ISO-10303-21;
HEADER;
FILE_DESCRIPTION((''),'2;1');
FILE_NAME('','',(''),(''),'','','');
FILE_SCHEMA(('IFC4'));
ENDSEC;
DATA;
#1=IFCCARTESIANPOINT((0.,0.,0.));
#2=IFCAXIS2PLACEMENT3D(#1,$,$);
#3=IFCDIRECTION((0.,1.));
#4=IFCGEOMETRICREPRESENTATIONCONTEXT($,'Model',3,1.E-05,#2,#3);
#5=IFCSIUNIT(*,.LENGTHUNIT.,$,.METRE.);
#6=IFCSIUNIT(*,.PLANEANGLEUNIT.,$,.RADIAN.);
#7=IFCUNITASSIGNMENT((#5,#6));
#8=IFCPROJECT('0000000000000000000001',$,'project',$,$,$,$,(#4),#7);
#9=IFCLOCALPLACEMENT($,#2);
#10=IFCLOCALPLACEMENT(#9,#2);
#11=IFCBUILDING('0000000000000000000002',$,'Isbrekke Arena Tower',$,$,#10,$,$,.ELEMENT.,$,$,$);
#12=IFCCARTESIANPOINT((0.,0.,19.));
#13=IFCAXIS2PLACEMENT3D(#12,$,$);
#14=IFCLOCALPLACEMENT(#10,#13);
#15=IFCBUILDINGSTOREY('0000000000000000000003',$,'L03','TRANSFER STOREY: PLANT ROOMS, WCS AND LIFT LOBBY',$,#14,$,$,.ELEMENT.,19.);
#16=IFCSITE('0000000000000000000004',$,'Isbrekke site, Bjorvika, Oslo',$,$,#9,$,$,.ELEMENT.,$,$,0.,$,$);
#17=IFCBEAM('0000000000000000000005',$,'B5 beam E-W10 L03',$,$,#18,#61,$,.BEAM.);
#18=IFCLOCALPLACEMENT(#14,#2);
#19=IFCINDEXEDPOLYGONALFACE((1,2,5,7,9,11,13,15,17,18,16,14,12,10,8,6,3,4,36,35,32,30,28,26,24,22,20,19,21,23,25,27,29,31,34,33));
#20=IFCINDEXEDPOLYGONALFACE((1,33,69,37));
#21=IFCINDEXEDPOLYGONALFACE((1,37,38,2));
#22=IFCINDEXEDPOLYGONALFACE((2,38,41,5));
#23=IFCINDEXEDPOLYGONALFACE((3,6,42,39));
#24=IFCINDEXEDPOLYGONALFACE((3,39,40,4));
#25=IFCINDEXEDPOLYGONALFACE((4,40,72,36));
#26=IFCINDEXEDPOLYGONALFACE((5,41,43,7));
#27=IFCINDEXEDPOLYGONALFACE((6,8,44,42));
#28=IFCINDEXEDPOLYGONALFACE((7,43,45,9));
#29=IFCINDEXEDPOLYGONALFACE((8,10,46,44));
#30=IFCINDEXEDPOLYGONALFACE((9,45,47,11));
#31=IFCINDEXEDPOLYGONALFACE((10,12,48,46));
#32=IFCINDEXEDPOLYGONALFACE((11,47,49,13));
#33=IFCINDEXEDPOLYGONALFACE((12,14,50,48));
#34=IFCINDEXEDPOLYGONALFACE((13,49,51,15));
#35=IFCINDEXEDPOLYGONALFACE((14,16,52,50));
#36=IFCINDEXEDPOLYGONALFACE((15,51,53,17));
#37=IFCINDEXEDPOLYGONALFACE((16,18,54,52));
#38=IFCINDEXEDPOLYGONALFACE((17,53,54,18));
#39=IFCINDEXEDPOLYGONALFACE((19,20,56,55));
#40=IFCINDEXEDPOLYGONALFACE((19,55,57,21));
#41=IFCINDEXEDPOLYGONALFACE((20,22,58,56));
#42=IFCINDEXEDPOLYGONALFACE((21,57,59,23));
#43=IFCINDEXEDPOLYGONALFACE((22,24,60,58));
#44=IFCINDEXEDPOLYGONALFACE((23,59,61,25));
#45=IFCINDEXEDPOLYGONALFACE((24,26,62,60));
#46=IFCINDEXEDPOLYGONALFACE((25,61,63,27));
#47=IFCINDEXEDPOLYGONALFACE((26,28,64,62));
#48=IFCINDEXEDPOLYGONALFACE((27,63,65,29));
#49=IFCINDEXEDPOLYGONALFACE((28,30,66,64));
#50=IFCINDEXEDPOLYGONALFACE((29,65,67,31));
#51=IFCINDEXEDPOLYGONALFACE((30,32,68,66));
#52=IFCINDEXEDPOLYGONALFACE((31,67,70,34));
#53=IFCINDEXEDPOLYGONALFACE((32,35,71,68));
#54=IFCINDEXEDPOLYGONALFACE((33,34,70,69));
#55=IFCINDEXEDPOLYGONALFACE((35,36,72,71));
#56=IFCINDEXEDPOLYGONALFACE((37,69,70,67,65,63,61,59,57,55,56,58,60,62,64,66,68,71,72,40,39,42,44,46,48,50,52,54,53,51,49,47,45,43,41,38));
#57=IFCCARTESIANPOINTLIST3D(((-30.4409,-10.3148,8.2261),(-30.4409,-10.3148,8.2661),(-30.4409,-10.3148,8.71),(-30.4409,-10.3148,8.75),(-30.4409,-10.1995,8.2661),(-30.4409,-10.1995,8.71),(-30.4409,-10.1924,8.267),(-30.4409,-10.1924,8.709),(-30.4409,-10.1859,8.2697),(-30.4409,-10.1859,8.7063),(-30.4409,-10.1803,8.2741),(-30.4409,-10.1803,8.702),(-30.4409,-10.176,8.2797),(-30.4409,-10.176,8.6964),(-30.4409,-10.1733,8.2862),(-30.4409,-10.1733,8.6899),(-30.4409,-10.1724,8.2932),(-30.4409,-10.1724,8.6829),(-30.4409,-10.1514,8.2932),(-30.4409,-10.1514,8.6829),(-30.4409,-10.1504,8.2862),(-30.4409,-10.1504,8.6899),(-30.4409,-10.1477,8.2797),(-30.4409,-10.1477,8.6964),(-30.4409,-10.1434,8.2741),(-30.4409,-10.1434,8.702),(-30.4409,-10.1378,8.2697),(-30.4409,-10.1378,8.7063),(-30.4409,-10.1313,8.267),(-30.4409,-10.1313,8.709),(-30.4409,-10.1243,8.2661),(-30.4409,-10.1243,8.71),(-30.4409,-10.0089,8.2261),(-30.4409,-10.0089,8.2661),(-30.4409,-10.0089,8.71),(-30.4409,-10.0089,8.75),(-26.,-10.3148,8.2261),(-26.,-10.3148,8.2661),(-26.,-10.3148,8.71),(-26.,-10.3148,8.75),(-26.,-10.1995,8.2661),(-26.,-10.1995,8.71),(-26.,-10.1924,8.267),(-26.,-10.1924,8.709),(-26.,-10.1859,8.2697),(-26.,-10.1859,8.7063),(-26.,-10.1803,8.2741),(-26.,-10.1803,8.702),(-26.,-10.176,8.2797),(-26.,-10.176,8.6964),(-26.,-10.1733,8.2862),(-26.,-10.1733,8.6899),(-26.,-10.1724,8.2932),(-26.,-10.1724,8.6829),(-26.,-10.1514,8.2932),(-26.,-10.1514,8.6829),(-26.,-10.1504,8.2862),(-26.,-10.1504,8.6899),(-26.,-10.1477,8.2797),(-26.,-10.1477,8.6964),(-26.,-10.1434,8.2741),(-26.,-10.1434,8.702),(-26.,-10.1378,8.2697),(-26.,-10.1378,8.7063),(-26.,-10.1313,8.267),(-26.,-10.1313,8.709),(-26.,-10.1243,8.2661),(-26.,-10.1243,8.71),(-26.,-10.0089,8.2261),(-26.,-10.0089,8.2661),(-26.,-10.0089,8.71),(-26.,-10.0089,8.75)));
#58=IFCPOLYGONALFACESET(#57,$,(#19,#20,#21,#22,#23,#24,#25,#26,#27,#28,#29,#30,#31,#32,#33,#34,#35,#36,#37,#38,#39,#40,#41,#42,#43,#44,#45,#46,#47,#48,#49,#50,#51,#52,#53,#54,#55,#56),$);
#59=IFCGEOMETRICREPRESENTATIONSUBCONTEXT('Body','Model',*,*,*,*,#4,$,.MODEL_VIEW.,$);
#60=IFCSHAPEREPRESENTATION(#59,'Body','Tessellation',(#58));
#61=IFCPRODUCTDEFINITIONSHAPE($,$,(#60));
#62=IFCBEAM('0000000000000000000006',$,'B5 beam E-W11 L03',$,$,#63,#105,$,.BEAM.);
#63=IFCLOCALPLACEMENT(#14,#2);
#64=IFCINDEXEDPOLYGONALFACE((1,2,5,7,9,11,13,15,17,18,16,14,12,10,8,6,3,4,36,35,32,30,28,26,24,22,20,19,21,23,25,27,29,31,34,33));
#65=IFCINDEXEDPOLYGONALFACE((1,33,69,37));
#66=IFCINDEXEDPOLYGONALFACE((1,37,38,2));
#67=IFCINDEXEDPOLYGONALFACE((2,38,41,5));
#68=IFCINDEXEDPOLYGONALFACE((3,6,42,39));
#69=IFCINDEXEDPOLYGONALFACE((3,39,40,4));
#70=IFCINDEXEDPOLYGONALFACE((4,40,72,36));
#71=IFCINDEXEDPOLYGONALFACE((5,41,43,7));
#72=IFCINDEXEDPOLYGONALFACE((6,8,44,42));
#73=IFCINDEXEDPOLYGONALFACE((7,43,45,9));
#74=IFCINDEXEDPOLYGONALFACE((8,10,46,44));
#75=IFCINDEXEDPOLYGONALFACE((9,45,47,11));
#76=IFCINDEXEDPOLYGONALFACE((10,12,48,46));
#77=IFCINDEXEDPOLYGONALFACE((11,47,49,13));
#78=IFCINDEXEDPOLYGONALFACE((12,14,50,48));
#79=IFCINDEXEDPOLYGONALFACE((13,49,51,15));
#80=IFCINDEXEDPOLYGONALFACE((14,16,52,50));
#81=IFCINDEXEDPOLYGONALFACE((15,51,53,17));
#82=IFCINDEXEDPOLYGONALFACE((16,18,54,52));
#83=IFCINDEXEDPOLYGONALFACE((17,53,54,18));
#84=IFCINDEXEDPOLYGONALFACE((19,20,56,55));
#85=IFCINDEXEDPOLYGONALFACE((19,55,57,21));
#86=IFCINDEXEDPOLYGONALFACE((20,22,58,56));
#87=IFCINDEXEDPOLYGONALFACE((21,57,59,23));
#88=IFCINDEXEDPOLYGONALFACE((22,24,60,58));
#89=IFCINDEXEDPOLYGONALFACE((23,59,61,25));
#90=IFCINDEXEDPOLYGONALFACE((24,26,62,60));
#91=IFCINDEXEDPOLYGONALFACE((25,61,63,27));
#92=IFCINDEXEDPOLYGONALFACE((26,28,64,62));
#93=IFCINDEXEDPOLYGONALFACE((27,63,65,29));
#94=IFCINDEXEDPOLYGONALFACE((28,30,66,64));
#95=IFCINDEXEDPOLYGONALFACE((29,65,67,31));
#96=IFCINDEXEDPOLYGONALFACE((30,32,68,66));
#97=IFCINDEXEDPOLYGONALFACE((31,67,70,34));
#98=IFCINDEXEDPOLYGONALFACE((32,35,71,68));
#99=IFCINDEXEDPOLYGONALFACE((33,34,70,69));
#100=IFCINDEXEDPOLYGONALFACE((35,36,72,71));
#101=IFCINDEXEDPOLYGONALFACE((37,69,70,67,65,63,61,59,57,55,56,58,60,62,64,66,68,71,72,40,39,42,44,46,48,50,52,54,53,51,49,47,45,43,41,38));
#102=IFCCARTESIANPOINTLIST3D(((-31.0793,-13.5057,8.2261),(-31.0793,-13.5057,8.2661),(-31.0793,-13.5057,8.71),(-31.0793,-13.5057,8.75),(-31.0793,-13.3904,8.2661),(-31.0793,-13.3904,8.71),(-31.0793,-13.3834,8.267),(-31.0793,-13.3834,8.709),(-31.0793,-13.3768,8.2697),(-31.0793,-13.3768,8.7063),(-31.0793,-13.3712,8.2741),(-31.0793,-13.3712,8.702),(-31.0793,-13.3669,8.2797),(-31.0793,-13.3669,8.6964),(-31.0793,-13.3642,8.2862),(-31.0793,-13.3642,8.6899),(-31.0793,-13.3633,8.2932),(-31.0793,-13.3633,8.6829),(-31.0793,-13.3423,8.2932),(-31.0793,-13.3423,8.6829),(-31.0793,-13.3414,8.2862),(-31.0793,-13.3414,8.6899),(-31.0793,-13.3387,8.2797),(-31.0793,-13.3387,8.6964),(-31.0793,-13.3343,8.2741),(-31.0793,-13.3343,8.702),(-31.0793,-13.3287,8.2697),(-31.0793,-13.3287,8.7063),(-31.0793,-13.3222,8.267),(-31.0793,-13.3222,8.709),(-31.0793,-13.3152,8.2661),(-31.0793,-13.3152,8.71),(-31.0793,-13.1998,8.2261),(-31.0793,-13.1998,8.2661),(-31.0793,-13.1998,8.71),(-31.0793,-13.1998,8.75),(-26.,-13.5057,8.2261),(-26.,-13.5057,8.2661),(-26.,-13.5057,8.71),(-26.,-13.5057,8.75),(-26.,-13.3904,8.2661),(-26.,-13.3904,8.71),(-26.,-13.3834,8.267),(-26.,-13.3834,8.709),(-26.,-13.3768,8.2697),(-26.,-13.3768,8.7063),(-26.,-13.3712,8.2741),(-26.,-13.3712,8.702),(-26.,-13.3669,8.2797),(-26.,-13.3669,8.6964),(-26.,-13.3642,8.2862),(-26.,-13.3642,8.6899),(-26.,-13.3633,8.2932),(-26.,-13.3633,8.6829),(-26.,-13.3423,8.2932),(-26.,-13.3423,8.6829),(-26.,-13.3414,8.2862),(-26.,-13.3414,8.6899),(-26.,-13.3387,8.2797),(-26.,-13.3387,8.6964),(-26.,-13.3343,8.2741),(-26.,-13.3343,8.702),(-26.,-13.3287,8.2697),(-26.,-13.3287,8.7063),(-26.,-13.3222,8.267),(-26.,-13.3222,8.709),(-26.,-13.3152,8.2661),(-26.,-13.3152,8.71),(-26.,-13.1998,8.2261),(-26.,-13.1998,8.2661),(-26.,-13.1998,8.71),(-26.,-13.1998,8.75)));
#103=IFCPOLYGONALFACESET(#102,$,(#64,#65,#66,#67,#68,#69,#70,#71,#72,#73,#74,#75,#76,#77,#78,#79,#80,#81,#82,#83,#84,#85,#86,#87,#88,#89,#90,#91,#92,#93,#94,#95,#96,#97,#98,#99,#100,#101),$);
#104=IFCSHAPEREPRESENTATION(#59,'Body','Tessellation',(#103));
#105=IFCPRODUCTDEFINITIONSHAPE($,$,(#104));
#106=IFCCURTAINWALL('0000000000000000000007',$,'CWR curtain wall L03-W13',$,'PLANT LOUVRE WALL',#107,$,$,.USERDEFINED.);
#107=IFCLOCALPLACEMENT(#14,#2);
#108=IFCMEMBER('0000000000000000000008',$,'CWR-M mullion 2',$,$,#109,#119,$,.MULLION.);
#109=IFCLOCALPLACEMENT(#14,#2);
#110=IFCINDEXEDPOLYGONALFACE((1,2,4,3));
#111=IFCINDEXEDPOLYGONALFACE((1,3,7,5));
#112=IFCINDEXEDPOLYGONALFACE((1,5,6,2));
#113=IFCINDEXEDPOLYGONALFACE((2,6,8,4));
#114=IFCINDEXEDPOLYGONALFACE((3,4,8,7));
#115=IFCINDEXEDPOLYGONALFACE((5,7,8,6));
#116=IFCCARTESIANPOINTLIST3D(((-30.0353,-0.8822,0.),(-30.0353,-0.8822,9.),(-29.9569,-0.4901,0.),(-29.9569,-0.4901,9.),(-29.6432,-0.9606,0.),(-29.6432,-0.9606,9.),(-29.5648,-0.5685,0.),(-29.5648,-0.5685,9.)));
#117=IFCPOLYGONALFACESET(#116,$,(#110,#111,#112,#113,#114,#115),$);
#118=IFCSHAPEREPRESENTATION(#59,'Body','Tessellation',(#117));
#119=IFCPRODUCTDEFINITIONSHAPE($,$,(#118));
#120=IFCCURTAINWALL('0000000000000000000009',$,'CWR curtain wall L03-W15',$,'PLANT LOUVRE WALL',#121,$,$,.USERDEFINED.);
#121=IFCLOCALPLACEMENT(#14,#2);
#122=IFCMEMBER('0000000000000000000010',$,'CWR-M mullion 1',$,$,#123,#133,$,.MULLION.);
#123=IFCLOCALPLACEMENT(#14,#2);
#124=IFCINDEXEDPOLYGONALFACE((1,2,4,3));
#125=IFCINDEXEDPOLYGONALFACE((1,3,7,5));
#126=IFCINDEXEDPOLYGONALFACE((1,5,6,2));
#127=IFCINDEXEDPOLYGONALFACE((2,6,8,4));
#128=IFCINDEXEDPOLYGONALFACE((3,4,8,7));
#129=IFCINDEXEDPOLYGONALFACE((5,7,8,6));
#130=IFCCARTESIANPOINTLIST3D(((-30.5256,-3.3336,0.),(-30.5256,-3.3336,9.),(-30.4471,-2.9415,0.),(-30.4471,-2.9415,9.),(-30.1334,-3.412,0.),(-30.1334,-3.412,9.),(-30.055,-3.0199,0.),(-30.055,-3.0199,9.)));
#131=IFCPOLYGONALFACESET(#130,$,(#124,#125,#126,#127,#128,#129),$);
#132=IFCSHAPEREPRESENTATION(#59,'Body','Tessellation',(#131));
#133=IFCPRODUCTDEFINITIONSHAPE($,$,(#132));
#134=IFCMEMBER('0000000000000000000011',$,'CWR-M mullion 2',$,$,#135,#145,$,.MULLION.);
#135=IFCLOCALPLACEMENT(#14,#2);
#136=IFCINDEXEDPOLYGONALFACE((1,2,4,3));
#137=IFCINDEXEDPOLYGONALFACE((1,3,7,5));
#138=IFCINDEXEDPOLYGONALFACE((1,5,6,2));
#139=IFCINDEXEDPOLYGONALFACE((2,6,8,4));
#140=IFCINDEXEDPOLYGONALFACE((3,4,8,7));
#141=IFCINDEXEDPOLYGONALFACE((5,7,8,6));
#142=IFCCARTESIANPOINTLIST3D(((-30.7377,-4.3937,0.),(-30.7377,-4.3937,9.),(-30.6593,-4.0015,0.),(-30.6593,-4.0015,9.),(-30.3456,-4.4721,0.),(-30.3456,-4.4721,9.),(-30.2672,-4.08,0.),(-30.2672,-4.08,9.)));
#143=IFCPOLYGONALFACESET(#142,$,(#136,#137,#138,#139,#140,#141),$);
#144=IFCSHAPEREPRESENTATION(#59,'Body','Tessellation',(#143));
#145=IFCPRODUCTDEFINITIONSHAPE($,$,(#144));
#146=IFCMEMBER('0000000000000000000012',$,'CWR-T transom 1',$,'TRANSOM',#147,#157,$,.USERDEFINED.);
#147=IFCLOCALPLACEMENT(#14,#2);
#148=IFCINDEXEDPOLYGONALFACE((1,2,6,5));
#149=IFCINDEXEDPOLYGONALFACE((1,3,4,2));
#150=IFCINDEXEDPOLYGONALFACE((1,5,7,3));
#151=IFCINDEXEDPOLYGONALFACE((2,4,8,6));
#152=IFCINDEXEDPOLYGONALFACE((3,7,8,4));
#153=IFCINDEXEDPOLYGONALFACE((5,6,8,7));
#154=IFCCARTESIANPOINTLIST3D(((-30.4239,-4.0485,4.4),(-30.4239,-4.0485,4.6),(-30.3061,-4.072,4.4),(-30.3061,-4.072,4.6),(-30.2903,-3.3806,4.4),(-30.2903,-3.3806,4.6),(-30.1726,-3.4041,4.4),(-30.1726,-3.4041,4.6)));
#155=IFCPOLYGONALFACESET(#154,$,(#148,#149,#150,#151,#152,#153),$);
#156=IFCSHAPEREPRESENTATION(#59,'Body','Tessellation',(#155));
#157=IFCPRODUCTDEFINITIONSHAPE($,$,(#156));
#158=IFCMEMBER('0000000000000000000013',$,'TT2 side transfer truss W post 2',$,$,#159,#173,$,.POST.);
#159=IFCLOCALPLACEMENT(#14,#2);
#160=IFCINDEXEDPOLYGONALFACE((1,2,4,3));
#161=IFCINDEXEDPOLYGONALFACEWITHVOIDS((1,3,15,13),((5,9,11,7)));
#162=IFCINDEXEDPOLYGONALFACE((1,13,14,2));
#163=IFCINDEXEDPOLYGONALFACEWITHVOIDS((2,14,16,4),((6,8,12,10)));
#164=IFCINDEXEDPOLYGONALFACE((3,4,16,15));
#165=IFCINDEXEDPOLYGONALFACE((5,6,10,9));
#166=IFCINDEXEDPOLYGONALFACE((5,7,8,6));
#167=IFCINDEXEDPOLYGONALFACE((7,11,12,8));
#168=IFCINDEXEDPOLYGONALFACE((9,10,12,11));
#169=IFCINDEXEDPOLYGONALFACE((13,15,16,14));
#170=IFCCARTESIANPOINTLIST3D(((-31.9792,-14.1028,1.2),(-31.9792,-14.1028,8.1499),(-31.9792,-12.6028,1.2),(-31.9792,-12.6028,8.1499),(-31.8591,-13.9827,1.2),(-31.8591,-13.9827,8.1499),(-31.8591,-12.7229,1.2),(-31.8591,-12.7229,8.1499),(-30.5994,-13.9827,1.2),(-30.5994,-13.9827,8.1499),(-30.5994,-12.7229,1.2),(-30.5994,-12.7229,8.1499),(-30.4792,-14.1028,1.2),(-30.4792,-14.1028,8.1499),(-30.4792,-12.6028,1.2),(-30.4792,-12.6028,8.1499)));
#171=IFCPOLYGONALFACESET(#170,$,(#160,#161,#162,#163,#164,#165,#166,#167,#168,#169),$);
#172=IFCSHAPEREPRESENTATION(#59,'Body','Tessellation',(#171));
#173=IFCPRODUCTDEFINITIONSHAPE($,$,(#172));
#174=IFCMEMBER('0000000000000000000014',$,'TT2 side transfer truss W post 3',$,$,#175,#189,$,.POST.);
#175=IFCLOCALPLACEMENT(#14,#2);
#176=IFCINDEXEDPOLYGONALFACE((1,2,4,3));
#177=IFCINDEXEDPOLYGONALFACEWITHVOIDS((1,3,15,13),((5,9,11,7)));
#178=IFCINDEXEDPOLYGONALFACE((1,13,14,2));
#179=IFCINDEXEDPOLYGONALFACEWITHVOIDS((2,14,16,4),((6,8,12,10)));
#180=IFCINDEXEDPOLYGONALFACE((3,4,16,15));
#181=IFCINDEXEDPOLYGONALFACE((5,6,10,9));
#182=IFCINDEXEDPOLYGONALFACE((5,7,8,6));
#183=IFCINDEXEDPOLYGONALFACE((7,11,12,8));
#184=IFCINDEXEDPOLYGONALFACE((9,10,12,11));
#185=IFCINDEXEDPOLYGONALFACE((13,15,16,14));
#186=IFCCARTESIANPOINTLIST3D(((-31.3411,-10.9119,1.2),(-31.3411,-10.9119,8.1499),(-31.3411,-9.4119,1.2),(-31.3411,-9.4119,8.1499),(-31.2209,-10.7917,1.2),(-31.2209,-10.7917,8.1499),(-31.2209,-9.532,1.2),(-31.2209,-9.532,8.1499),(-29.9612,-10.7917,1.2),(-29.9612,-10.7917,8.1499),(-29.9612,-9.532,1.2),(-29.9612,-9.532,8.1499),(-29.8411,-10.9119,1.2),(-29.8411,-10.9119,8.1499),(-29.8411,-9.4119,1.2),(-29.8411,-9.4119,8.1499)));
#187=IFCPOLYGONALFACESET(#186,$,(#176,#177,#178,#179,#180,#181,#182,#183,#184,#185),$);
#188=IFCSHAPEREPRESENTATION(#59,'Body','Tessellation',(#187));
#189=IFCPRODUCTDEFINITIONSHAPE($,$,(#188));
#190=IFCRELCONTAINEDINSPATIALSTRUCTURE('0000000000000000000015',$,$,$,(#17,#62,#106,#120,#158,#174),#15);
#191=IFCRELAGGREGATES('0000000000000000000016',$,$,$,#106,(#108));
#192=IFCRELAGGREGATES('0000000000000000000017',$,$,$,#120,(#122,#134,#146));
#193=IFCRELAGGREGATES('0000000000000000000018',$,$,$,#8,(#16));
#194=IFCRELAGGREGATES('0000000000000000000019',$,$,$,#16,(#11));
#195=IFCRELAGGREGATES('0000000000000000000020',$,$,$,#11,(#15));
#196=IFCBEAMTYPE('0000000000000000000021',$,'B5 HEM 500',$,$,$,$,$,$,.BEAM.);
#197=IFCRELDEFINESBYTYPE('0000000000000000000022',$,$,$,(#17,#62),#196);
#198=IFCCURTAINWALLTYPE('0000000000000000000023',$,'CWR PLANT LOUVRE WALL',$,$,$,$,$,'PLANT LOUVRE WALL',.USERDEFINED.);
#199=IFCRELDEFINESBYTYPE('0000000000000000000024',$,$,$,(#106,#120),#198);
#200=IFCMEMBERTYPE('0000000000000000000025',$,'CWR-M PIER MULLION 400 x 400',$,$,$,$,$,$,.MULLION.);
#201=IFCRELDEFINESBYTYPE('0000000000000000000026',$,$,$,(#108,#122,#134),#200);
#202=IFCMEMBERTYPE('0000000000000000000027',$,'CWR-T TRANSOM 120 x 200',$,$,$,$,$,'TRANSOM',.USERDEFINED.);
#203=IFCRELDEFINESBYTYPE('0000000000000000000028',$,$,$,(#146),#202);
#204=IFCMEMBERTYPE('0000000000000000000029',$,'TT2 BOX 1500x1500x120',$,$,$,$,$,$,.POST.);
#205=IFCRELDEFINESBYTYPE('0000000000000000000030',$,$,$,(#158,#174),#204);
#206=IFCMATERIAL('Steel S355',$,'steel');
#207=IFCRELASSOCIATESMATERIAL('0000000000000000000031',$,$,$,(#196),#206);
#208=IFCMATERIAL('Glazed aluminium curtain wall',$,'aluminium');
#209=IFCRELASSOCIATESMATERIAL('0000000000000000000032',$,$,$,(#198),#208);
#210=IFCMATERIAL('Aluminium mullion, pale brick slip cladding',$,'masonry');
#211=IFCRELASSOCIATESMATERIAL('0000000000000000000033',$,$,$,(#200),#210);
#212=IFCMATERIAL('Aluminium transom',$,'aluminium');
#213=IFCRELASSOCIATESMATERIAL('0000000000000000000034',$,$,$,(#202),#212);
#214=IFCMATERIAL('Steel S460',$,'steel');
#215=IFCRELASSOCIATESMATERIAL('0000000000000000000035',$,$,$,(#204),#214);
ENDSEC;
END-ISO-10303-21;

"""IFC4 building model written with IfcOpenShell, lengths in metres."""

from ifc_helpers import new_model, si_unit, direction, frame, origin, origin_2d, place, context, subcontext, project, spatial, rectangle, hollow_rectangle, i_section, extrude, material, material_profile, profile_set, type_object, element, aggregate, save


model = new_model("IFC4")

# Units and contexts
model_context = context("Model", 3, precision=1e-05, world=origin(), true_north=direction((0.0, 1.0)))
body_context = subcontext(model_context, "Body", "Model", "MODEL_VIEW")
ifc_project = project(units=[si_unit("LENGTHUNIT", "METRE"), si_unit("PLANEANGLEUNIT", "RADIAN")], contexts=[model_context])

# Site, building, storey
site_placement = place(None, origin())
site = spatial("IfcSite", under=ifc_project, at=site_placement, Name="Isbrekke site, Bjorvika, Oslo", CompositionType="ELEMENT", RefElevation=0.0)
building_placement = place(site_placement, origin())
building = spatial("IfcBuilding", under=site, at=building_placement, Name="Isbrekke Arena Tower", CompositionType="ELEMENT")
storey_placement = place(building_placement, frame((0.0, 0.0, 19.0)))
storey = spatial("IfcBuildingStorey", under=building, at=storey_placement, Name="L03", Description="TRANSFER STOREY: PLANT ROOMS, WCS AND LIFT LOBBY", CompositionType="ELEMENT", Elevation=19.0)

# Beams
ifc_material_1 = material(Name="Steel S355", Category="steel")
ifc_material_profile_1 = material_profile(ifc_material_1, i_section(OverallWidth=0.3059, OverallDepth=0.5239, WebThickness=0.021, FlangeThickness=0.04, FilletRadius=0.0271, at=origin_2d()), Name="HEM 500")
ifc_profile_set_1 = profile_set([ifc_material_profile_1], Name="Steel S355")
beam_type = type_object("IfcBeamType", Name="B5 HEM 500", PredefinedType="BEAM", material=ifc_profile_set_1)
beam_1_placement = place(storey_placement, frame((-30.4409, -10.1619, 8.488), z_axis=(1.0, 0.0, 0.0), x_axis=(0.0, 1.0, 0.0)))
element("IfcBeam", 1, at=beam_1_placement, inside=storey, type_object=beam_type, Name="B5 beam E-W10 L03", PredefinedType="BEAM", context=body_context, shape_type="SweptSolid", body=[
    extrude(i_section(OverallWidth=0.3059, OverallDepth=0.5239, WebThickness=0.021, FlangeThickness=0.04, FilletRadius=0.0271, at=origin_2d()), origin(), (0.0, 0.0, 1.0), 4.4409),
])
beam_2_placement = place(storey_placement, frame((-31.0793, -13.3528, 8.488), z_axis=(1.0, 0.0, 0.0), x_axis=(0.0, 1.0, 0.0)))
element("IfcBeam", 2, at=beam_2_placement, inside=storey, type_object=beam_type, Name="B5 beam E-W11 L03", PredefinedType="BEAM", context=body_context, shape_type="SweptSolid", body=[
    extrude(i_section(OverallWidth=0.3059, OverallDepth=0.5239, WebThickness=0.021, FlangeThickness=0.04, FilletRadius=0.0271, at=origin_2d()), origin(), (0.0, 0.0, 1.0), 5.0793),
])

# Curtain wall, member
ifc_material_2 = material(Name="Glazed aluminium curtain wall", Category="aluminium")
curtain_wall_type = type_object("IfcCurtainWallType", Name="CWR PLANT LOUVRE WALL", ElementType="PLANT LOUVRE WALL", PredefinedType="USERDEFINED", material=ifc_material_2)
curtain_wall_1_placement = place(storey_placement, origin())
curtain_wall_1 = element("IfcCurtainWall", 3, at=curtain_wall_1_placement, inside=storey, type_object=curtain_wall_type, Name="CWR curtain wall L03-W13", ObjectType="PLANT LOUVRE WALL", PredefinedType="USERDEFINED")
ifc_material_3 = material(Name="Aluminium mullion, pale brick slip cladding", Category="masonry")
ifc_material_profile_2 = material_profile(ifc_material_3, rectangle(XDim=0.3999, YDim=0.3999, at=origin_2d()), Name="PIER 400X400")
ifc_profile_set_2 = profile_set([ifc_material_profile_2], Name="Aluminium mullion, pale brick slip cladding")
member_type_1 = type_object("IfcMemberType", Name="CWR-M PIER MULLION 400 x 400", PredefinedType="MULLION", material=ifc_profile_set_2)
member_1_placement = place(storey_placement, frame((-29.8, -0.7253, 0.0), z_axis=(0.0, 0.0, 1.0), x_axis=(-0.196116, -0.980581, 0.0)))
member_1 = element("IfcMember", 4, at=member_1_placement, type_object=member_type_1, Name="CWR-M mullion 2", PredefinedType="MULLION", context=body_context, shape_type="SweptSolid", body=[
    extrude(rectangle(XDim=0.3999, YDim=0.3999, at=origin_2d()), origin(), (0.0, 0.0, 1.0), 9.0),
])
aggregate(curtain_wall_1, [member_1])

# Curtain wall, members
curtain_wall_2_placement = place(storey_placement, origin())
curtain_wall_2 = element("IfcCurtainWall", 5, at=curtain_wall_2_placement, inside=storey, type_object=curtain_wall_type, Name="CWR curtain wall L03-W15", ObjectType="PLANT LOUVRE WALL", PredefinedType="USERDEFINED")
member_2_placement = place(storey_placement, frame((-30.2903, -3.1768, 0.0), z_axis=(0.0, 0.0, 1.0), x_axis=(-0.196116, -0.980581, 0.0)))
member_2 = element("IfcMember", 6, at=member_2_placement, type_object=member_type_1, Name="CWR-M mullion 1", PredefinedType="MULLION", context=body_context, shape_type="SweptSolid", body=[
    extrude(rectangle(XDim=0.3999, YDim=0.3999, at=origin_2d()), origin(), (0.0, 0.0, 1.0), 9.0),
])
member_3_placement = place(storey_placement, frame((-30.5024, -4.2368, 0.0), z_axis=(0.0, 0.0, 1.0), x_axis=(-0.196116, -0.980581, 0.0)))
member_3 = element("IfcMember", 7, at=member_3_placement, type_object=member_type_1, Name="CWR-M mullion 2", PredefinedType="MULLION", context=body_context, shape_type="SweptSolid", body=[
    extrude(rectangle(XDim=0.3999, YDim=0.3999, at=origin_2d()), origin(), (0.0, 0.0, 1.0), 9.0),
])
ifc_material_4 = material(Name="Aluminium transom", Category="aluminium")
ifc_material_profile_3 = material_profile(ifc_material_4, rectangle(XDim=0.1201, YDim=0.2, at=origin_2d()), Name="TRANSOM 120X200")
ifc_profile_set_3 = profile_set([ifc_material_profile_3], Name="Aluminium transom")
member_type_2 = type_object("IfcMemberType", Name="CWR-T TRANSOM 120 x 200", ElementType="TRANSOM", PredefinedType="USERDEFINED", material=ifc_profile_set_3)
member_4_placement = place(storey_placement, frame((-30.2314, -3.3923, 4.5), z_axis=(-0.196047, -0.980594, 0.0), x_axis=(0.980594, -0.196047, 0.0)))
member_4 = element("IfcMember", 8, at=member_4_placement, type_object=member_type_2, Name="CWR-T transom 1", ObjectType="TRANSOM", PredefinedType="USERDEFINED", context=body_context, shape_type="SweptSolid", body=[
    extrude(rectangle(XDim=0.1201, YDim=0.2, at=origin_2d()), origin(), (0.0, 0.0, 1.0), 0.6812),
])

# Members
ifc_material_5 = material(Name="Steel S460", Category="steel")
ifc_material_profile_4 = material_profile(ifc_material_5, hollow_rectangle(XDim=1.5, YDim=1.5, WallThickness=0.1201, at=origin_2d()), Name="BOX 1500x1500x120")
ifc_profile_set_4 = profile_set([ifc_material_profile_4], Name="Steel S460")
member_type_3 = type_object("IfcMemberType", Name="TT2 BOX 1500x1500x120", PredefinedType="POST", material=ifc_profile_set_4)
for number, where, z_axis, x_axis, name in (
    (9, (-31.2292, -13.3528, 1.2), (0.0, 0.0, 1.0), (1.0, 0.0, 0.0), "TT2 side transfer truss W post 2"),
    (10, (-30.5911, -10.1619, 1.2), (0.0, 0.0, 1.0), (1.0, 0.0, 0.0), "TT2 side transfer truss W post 3"),
):
    element("IfcMember", number, at=place(storey_placement, frame(where, z_axis=z_axis, x_axis=x_axis)), inside=storey, type_object=member_type_3, Name=name, PredefinedType="POST", context=body_context, shape_type="SweptSolid", body=[
        extrude(hollow_rectangle(XDim=1.5, YDim=1.5, WallThickness=0.1201, at=origin_2d()), origin(), (0.0, 0.0, 1.0), 6.95),
    ])

aggregate(curtain_wall_2, [member_2, member_3, member_4])

save(model, "model.ifc")
